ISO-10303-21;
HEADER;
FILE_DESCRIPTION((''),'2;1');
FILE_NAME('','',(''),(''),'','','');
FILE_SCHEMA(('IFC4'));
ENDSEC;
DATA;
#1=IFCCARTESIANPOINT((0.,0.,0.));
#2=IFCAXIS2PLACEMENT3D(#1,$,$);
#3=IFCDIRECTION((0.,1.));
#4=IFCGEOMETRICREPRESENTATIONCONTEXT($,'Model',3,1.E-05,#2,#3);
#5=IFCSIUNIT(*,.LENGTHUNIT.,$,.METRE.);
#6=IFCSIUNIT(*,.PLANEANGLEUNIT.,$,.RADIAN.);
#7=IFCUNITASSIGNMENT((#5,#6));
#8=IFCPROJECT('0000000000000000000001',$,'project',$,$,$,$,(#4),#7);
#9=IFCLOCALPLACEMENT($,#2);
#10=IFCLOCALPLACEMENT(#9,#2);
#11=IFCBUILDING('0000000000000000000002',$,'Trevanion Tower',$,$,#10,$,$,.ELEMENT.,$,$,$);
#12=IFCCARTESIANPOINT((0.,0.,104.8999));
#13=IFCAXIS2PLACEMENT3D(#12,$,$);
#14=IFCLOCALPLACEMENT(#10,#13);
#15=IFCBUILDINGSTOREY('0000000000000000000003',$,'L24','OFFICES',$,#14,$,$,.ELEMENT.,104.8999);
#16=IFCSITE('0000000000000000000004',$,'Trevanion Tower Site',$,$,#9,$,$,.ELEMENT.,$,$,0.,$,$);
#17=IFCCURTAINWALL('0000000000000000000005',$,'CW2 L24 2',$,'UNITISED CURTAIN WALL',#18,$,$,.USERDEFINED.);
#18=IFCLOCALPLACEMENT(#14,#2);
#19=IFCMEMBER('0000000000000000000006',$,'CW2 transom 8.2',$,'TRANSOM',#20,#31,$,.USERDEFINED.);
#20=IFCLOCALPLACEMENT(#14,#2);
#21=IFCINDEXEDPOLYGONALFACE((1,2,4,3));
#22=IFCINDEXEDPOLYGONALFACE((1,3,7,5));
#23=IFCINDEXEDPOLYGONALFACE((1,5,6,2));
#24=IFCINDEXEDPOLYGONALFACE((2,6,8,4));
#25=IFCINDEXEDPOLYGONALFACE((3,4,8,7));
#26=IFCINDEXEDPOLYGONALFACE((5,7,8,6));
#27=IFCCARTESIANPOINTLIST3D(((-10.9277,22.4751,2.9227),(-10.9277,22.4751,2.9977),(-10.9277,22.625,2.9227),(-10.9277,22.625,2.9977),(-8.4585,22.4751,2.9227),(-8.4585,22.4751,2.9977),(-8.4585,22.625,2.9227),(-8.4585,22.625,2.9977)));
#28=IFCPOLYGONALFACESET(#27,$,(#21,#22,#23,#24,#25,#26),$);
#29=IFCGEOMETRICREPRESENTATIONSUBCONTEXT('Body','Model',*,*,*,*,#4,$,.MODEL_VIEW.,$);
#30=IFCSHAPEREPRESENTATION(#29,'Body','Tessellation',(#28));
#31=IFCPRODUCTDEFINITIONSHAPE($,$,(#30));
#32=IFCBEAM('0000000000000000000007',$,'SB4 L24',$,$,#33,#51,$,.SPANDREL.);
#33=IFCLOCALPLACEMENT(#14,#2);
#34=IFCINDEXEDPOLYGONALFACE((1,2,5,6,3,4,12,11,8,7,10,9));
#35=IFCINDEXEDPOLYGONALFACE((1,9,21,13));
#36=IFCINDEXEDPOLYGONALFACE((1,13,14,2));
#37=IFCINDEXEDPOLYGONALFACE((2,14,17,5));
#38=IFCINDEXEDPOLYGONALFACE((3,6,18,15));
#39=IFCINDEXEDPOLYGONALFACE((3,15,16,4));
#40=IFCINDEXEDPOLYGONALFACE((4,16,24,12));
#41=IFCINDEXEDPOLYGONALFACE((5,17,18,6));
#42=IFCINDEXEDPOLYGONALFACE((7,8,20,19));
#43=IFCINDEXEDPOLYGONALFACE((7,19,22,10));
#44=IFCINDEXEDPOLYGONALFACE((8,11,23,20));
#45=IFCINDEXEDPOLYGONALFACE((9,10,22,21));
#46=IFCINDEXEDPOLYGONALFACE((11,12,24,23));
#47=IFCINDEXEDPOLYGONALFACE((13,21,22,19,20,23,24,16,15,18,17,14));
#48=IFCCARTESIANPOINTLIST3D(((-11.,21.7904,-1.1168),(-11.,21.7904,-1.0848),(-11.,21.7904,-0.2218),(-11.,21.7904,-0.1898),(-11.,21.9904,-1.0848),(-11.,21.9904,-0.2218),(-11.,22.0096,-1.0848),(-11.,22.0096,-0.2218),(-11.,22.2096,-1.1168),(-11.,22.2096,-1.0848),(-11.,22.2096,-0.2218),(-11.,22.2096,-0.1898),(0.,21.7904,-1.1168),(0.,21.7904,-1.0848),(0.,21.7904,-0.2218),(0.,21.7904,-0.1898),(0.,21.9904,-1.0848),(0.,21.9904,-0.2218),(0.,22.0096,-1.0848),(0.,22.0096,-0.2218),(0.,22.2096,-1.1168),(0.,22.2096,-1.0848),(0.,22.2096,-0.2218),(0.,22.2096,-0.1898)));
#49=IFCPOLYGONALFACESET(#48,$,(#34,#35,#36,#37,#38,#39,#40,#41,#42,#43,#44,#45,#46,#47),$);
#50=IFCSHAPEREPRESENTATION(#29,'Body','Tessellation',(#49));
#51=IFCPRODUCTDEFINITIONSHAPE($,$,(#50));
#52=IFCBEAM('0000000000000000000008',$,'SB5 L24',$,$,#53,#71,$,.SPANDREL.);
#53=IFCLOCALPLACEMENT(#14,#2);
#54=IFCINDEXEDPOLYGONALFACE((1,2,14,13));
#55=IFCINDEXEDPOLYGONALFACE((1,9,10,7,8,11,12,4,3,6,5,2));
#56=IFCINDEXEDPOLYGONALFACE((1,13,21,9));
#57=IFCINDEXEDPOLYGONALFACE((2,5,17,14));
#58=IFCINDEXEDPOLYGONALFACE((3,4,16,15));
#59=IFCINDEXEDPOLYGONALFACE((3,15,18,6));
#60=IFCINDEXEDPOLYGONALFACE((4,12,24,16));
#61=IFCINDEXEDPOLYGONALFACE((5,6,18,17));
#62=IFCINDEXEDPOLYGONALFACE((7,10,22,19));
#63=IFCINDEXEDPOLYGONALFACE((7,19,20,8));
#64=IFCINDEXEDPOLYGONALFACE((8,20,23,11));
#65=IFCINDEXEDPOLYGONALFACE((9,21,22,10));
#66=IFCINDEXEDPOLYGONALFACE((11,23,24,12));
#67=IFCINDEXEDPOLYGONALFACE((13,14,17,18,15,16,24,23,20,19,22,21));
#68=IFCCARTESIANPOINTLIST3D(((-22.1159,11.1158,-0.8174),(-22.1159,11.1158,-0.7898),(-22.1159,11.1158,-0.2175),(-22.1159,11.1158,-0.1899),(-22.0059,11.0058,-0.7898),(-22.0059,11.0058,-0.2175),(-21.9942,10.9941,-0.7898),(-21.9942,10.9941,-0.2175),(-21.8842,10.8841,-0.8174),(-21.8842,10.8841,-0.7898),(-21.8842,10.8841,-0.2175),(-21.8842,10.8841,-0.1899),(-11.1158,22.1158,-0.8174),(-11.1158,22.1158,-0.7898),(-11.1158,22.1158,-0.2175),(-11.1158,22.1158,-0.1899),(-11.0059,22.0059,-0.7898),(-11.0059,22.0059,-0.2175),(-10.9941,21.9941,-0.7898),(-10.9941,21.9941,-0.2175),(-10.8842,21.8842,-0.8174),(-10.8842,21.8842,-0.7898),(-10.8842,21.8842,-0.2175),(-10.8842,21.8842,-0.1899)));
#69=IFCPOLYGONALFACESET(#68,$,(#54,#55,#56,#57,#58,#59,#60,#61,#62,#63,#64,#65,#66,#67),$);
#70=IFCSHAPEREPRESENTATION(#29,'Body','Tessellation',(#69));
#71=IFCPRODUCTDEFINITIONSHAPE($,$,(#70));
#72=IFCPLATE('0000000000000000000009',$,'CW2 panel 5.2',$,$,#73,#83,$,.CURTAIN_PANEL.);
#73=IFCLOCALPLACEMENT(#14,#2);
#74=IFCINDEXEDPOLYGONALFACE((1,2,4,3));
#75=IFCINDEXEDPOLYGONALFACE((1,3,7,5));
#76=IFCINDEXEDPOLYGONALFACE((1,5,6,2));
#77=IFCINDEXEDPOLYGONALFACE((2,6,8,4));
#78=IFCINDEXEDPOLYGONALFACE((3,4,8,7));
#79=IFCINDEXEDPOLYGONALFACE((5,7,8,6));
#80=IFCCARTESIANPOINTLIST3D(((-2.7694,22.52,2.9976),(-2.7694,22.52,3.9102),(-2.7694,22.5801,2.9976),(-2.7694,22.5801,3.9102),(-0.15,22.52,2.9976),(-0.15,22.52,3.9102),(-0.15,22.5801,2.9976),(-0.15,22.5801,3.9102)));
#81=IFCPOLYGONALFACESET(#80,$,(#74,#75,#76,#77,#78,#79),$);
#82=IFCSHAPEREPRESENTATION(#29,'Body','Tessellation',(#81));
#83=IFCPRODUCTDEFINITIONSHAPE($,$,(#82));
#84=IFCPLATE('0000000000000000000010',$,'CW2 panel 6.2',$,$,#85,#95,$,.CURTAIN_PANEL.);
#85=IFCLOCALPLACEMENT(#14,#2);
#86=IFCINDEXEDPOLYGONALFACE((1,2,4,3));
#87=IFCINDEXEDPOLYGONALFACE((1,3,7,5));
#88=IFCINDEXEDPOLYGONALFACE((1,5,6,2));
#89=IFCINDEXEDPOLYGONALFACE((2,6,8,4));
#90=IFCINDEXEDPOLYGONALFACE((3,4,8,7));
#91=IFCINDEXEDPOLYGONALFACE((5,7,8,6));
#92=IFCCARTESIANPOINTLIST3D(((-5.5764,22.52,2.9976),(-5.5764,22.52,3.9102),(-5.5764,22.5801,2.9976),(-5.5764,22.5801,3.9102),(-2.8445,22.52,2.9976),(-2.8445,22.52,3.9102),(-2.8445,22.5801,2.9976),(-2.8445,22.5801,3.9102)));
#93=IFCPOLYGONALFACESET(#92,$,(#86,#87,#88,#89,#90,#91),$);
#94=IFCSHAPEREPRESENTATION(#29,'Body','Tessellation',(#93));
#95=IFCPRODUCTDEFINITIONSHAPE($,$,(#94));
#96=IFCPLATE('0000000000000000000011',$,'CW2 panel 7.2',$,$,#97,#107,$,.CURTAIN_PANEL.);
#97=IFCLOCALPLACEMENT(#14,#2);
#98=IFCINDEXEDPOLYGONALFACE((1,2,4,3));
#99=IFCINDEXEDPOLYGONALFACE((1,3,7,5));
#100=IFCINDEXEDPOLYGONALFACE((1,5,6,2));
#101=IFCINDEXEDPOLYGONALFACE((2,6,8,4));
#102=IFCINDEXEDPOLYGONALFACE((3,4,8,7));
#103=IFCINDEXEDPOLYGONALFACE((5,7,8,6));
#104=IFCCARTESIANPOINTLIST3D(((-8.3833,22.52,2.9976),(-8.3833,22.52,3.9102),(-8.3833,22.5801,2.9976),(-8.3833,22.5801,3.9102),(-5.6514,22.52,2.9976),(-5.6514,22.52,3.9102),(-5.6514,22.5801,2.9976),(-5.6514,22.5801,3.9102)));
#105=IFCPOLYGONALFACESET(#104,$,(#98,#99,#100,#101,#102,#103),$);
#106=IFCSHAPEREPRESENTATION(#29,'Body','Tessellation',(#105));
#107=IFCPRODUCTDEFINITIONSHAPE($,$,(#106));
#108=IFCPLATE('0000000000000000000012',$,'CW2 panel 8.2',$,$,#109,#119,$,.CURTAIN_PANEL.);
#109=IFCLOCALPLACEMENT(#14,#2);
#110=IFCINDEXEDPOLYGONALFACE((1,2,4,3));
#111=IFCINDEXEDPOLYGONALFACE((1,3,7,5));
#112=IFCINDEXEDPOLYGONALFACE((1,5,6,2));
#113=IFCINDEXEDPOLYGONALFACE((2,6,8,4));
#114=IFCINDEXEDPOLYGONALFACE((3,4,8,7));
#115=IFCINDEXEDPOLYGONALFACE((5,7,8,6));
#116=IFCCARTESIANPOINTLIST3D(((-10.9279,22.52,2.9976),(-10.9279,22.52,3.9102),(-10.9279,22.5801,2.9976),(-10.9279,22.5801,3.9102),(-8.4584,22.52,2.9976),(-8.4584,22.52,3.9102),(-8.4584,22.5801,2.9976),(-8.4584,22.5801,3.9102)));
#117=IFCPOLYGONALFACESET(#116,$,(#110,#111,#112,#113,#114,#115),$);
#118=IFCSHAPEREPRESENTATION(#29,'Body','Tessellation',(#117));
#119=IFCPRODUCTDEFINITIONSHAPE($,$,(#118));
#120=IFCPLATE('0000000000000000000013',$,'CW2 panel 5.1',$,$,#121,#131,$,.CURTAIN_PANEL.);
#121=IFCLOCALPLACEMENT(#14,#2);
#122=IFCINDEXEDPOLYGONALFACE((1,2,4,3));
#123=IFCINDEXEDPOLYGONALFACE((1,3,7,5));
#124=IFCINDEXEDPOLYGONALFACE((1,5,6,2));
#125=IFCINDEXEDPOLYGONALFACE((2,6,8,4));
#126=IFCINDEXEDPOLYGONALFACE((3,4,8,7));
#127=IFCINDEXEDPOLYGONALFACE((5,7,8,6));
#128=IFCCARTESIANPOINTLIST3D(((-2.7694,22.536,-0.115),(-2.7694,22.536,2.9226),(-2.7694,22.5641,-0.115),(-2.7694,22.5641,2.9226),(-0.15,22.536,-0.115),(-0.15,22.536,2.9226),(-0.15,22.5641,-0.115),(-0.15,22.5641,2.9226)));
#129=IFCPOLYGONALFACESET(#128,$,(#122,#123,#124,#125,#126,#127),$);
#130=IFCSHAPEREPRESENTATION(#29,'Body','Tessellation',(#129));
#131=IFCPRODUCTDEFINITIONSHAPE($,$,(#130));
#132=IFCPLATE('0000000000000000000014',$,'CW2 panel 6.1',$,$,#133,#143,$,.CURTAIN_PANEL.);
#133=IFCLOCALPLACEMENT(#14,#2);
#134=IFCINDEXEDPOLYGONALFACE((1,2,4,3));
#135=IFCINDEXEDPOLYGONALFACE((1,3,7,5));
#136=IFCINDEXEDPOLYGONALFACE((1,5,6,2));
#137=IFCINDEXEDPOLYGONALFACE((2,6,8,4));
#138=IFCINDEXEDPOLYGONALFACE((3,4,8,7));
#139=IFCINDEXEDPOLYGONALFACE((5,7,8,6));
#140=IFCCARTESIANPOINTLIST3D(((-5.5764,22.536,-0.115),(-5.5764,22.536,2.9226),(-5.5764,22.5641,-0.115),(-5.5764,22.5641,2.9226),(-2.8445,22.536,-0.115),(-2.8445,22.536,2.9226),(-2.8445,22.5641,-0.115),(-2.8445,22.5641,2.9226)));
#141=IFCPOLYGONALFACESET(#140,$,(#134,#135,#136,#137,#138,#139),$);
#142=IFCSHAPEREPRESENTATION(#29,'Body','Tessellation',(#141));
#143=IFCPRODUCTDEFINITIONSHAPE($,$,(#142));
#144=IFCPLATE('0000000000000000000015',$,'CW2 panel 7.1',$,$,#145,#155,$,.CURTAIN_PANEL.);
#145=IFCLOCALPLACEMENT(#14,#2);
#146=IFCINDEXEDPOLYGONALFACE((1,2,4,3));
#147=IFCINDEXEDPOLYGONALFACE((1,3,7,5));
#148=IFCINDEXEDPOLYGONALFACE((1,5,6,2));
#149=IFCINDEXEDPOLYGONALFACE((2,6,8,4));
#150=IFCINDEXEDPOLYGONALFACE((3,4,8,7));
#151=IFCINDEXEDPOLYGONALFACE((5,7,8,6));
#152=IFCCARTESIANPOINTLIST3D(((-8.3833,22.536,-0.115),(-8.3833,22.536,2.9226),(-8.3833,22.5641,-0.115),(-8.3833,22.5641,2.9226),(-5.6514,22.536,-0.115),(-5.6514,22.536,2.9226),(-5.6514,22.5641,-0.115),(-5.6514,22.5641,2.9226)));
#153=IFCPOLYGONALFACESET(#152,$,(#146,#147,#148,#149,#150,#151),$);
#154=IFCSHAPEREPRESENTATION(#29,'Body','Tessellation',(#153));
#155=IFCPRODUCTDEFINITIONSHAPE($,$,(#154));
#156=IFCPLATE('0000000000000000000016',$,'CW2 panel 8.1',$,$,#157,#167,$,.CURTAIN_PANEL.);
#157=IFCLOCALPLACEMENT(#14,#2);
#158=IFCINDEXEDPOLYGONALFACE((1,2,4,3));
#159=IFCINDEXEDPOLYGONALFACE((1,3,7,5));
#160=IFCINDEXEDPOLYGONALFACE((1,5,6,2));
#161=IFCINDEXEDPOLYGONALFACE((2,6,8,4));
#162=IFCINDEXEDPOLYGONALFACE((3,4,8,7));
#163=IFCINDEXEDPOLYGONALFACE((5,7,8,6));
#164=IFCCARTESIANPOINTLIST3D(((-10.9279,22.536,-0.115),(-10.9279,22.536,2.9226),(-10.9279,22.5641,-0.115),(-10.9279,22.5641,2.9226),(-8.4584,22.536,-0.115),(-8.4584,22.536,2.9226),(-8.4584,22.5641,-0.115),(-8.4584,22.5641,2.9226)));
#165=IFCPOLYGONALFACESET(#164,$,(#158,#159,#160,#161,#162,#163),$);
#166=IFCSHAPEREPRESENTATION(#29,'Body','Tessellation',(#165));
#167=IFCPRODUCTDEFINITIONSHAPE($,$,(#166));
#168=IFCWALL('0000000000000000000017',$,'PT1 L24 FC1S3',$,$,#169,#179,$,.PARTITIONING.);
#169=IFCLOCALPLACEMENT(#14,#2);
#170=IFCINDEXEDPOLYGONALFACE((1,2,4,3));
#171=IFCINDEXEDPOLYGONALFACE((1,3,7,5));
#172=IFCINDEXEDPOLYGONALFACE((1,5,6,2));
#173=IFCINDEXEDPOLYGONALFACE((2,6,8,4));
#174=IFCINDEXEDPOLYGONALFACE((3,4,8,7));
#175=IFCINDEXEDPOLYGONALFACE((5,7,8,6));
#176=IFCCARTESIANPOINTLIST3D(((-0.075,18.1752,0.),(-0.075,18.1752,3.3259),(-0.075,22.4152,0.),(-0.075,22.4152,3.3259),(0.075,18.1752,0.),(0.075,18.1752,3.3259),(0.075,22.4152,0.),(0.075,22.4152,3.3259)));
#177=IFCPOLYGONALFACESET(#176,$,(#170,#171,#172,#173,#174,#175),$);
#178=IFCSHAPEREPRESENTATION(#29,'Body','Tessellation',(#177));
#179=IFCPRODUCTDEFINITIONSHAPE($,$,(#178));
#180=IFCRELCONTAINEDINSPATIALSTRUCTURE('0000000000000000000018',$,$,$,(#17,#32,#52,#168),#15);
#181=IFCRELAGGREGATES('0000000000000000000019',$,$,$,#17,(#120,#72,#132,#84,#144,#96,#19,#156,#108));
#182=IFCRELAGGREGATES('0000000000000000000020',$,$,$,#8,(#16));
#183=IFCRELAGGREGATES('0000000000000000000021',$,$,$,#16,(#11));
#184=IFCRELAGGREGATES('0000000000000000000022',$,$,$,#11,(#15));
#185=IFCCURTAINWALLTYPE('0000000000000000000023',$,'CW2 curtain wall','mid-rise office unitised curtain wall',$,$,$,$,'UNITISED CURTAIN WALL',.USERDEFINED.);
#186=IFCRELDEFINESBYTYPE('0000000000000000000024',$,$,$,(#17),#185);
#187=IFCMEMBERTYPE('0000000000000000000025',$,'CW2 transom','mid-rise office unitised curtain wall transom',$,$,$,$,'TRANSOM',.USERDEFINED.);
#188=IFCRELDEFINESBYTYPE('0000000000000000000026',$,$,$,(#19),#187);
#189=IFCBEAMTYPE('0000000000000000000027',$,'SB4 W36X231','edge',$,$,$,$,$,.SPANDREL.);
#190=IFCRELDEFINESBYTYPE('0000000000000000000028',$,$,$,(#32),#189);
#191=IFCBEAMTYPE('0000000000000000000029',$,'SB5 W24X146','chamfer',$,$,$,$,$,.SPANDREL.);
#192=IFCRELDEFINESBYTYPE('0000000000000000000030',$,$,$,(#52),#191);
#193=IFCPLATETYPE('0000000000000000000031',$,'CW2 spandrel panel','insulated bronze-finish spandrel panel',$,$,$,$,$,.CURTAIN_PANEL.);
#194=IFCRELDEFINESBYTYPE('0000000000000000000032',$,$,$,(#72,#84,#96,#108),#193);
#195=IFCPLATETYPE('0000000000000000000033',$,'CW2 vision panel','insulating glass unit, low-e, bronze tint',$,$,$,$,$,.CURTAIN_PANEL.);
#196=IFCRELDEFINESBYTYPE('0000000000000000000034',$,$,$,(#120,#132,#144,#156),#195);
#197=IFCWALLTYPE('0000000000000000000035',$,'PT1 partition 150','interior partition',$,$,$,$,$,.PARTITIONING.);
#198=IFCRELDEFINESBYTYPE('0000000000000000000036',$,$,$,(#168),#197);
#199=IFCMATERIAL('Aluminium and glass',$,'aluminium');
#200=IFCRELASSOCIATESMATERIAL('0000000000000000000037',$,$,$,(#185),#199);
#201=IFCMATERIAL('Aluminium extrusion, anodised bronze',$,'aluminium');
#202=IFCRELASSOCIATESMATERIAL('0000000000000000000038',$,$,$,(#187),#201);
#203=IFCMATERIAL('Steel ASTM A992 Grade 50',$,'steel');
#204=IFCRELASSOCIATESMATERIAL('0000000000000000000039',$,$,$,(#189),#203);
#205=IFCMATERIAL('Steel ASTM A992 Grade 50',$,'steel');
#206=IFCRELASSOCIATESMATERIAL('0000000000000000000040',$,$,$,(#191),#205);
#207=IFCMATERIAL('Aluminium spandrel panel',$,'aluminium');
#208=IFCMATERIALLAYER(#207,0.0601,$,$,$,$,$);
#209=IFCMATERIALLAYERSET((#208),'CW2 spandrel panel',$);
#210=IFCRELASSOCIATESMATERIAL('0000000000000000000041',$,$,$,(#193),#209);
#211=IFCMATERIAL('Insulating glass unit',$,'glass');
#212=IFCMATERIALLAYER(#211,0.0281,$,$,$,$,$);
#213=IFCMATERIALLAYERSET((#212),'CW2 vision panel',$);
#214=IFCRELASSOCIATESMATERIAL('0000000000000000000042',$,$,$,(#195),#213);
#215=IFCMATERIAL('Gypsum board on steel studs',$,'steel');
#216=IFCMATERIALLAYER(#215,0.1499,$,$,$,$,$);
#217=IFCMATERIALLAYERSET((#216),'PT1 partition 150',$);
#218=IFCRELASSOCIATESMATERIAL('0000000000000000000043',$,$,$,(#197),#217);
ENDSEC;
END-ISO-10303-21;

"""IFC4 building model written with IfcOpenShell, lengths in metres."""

from ifc_helpers import new_model, si_unit, direction, frame, frame_2d, origin, origin_2d, place, context, subcontext, project, spatial, rectangle, i_section, extrude, material, layer, layer_set, material_profile, profile_set, type_object, element, aggregate, save


model = new_model("IFC4")

# Units and contexts
model_context = context("Model", 3, precision=1e-05, world=origin(), true_north=direction((0.0, 1.0)))
body_context = subcontext(model_context, "Body", "Model", "MODEL_VIEW")
ifc_project = project(units=[si_unit("LENGTHUNIT", "METRE"), si_unit("PLANEANGLEUNIT", "RADIAN")], contexts=[model_context])

# Site, building, storey
site_placement = place(None, origin())
site = spatial("IfcSite", under=ifc_project, at=site_placement, Name="Trevanion Tower Site", CompositionType="ELEMENT", RefElevation=0.0)
building_placement = place(site_placement, origin())
building = spatial("IfcBuilding", under=site, at=building_placement, Name="Trevanion Tower", CompositionType="ELEMENT")
storey_placement = place(building_placement, frame((0.0, 0.0, 104.8999)))
storey = spatial("IfcBuildingStorey", under=building, at=storey_placement, Name="L24", Description="OFFICES", CompositionType="ELEMENT", Elevation=104.8999)

# Curtain wall, member
ifc_material_1 = material(Name="Aluminium and glass", Category="aluminium")
curtain_wall_type = type_object("IfcCurtainWallType", Name="CW2 curtain wall", Description="mid-rise office unitised curtain wall", ElementType="UNITISED CURTAIN WALL", PredefinedType="USERDEFINED", material=ifc_material_1)
curtain_wall_placement = place(storey_placement, origin())
curtain_wall = element("IfcCurtainWall", 1, at=curtain_wall_placement, inside=storey, type_object=curtain_wall_type, Name="CW2 L24 2", ObjectType="UNITISED CURTAIN WALL", PredefinedType="USERDEFINED")
ifc_material_2 = material(Name="Aluminium extrusion, anodised bronze", Category="aluminium")
ifc_material_profile_1 = material_profile(ifc_material_2, rectangle(XDim=0.1499, YDim=0.075, at=origin_2d()), Name="CW2 transom")
ifc_profile_set_1 = profile_set([ifc_material_profile_1], Name="Aluminium extrusion, anodised bronze")
member_type_1 = type_object("IfcMemberType", Name="CW2 transom", Description="mid-rise office unitised curtain wall transom", ElementType="TRANSOM", PredefinedType="USERDEFINED", material=ifc_profile_set_1)
member_1_placement = place(storey_placement, frame((-8.4585, 22.55, 2.9602), z_axis=(-1.0, 0.0, 0.0), x_axis=(0.0, -1.0, 0.0)))
member_1 = element("IfcMember", 2, at=member_1_placement, type_object=member_type_1, Name="CW2 transom 8.2", ObjectType="TRANSOM", PredefinedType="USERDEFINED", context=body_context, shape_type="SweptSolid", body=[
    extrude(rectangle(XDim=0.1499, YDim=0.075, at=origin_2d()), origin(), (0.0, 0.0, 1.0), 2.4692),
])

# Beams
ifc_material_3 = material(Name="Steel ASTM A992 Grade 50", Category="steel")
ifc_material_profile_2 = material_profile(ifc_material_3, i_section(OverallWidth=0.4192, OverallDepth=0.927, WebThickness=0.0193, FlangeThickness=0.032, at=origin_2d()), Name="W36X231")
ifc_profile_set_2 = profile_set([ifc_material_profile_2], Name="Steel ASTM A992 Grade 50")
beam_type_1 = type_object("IfcBeamType", Name="SB4 W36X231", Description="edge", PredefinedType="SPANDREL", material=ifc_profile_set_2)
beam_1_placement = place(storey_placement, frame((0.0, 22.0, -0.6533), z_axis=(-1.0, 0.0, 0.0), x_axis=(0.0, -1.0, 0.0)))
element("IfcBeam", 3, at=beam_1_placement, inside=storey, type_object=beam_type_1, Name="SB4 L24", PredefinedType="SPANDREL", context=body_context, shape_type="SweptSolid", body=[
    extrude(i_section(OverallWidth=0.4192, OverallDepth=0.927, WebThickness=0.0193, FlangeThickness=0.032, at=origin_2d()), origin(), (0.0, 0.0, 1.0), 11.0),
])
ifc_material_4 = material(Name="Steel ASTM A992 Grade 50", Category="steel")
ifc_material_profile_3 = material_profile(ifc_material_4, i_section(OverallWidth=0.3276, OverallDepth=0.6274, WebThickness=0.0166, FlangeThickness=0.0276, at=origin_2d()), Name="W24X146")
ifc_profile_set_3 = profile_set([ifc_material_profile_3], Name="Steel ASTM A992 Grade 50")
beam_type_2 = type_object("IfcBeamType", Name="SB5 W24X146", Description="chamfer", PredefinedType="SPANDREL", material=ifc_profile_set_3)
beam_2_placement = place(storey_placement, frame((-11.0, 22.0, -0.5037), z_axis=(-0.707107, -0.707107, 0.0), x_axis=(0.707107, -0.707107, 0.0)))
element("IfcBeam", 4, at=beam_2_placement, inside=storey, type_object=beam_type_2, Name="SB5 L24", PredefinedType="SPANDREL", context=body_context, shape_type="SweptSolid", body=[
    extrude(i_section(OverallWidth=0.3276, OverallDepth=0.6274, WebThickness=0.0166, FlangeThickness=0.0276, at=origin_2d()), origin(), (0.0, 0.0, 1.0), 15.5564),
])

# Plates
ifc_material_5 = material(Name="Aluminium spandrel panel", Category="aluminium")
ifc_layer_1 = layer(ifc_material_5, 0.0601)
ifc_layer_set_1 = layer_set([ifc_layer_1], Name="CW2 spandrel panel")
plate_type_1 = type_object("IfcPlateType", Name="CW2 spandrel panel", Description="insulated bronze-finish spandrel panel", PredefinedType="CURTAIN_PANEL", material=ifc_layer_set_1)
plate_1_placement = place(storey_placement, frame((-1.4597, 22.55, 2.9976), z_axis=(0.0, 0.0, 1.0), x_axis=(-1.0, 0.0, 0.0)))
plate_1 = element("IfcPlate", 5, at=plate_1_placement, type_object=plate_type_1, Name="CW2 panel 5.2", PredefinedType="CURTAIN_PANEL", context=body_context, shape_type="SweptSolid", body=[
    extrude(rectangle(XDim=2.6194, YDim=0.0601, at=origin_2d()), origin(), (0.0, 0.0, 1.0), 0.9126),
])
plate_2_placement = place(storey_placement, frame((-4.2104, 22.55, 2.9976), z_axis=(0.0, 0.0, 1.0), x_axis=(-1.0, 0.0, 0.0)))
plate_2 = element("IfcPlate", 6, at=plate_2_placement, type_object=plate_type_1, Name="CW2 panel 6.2", PredefinedType="CURTAIN_PANEL", context=body_context, shape_type="SweptSolid", body=[
    extrude(rectangle(XDim=2.7319, YDim=0.0601, at=origin_2d()), origin(), (0.0, 0.0, 1.0), 0.9126),
])
plate_3_placement = place(storey_placement, frame((-7.0173, 22.55, 2.9976), z_axis=(0.0, 0.0, 1.0), x_axis=(-1.0, 0.0, 0.0)))
plate_3 = element("IfcPlate", 7, at=plate_3_placement, type_object=plate_type_1, Name="CW2 panel 7.2", PredefinedType="CURTAIN_PANEL", context=body_context, shape_type="SweptSolid", body=[
    extrude(rectangle(XDim=2.7319, YDim=0.0601, at=origin_2d()), origin(), (0.0, 0.0, 1.0), 0.9126),
])
plate_4_placement = place(storey_placement, frame((-9.6931, 22.55, 2.9976), z_axis=(0.0, 0.0, 1.0), x_axis=(-1.0, 0.0, 0.0)))
plate_4 = element("IfcPlate", 8, at=plate_4_placement, type_object=plate_type_1, Name="CW2 panel 8.2", PredefinedType="CURTAIN_PANEL", context=body_context, shape_type="SweptSolid", body=[
    extrude(rectangle(XDim=2.4695, YDim=0.0601, at=origin_2d()), origin(), (0.0, 0.0, 1.0), 0.9126),
])
ifc_material_6 = material(Name="Insulating glass unit", Category="glass")
ifc_layer_2 = layer(ifc_material_6, 0.0281)
ifc_layer_set_2 = layer_set([ifc_layer_2], Name="CW2 vision panel")
plate_type_2 = type_object("IfcPlateType", Name="CW2 vision panel", Description="insulating glass unit, low-e, bronze tint", PredefinedType="CURTAIN_PANEL", material=ifc_layer_set_2)
plate_5_placement = place(storey_placement, frame((-1.4597, 22.55, -0.115), z_axis=(0.0, 0.0, 1.0), x_axis=(-1.0, 0.0, 0.0)))
plate_5 = element("IfcPlate", 9, at=plate_5_placement, type_object=plate_type_2, Name="CW2 panel 5.1", PredefinedType="CURTAIN_PANEL", context=body_context, shape_type="SweptSolid", body=[
    extrude(rectangle(XDim=2.6194, YDim=0.0281, at=origin_2d()), origin(), (0.0, 0.0, 1.0), 3.0376),
])
plate_6_placement = place(storey_placement, frame((-4.2104, 22.55, -0.115), z_axis=(0.0, 0.0, 1.0), x_axis=(-1.0, 0.0, 0.0)))
plate_6 = element("IfcPlate", 10, at=plate_6_placement, type_object=plate_type_2, Name="CW2 panel 6.1", PredefinedType="CURTAIN_PANEL", context=body_context, shape_type="SweptSolid", body=[
    extrude(rectangle(XDim=2.7319, YDim=0.0281, at=origin_2d()), origin(), (0.0, 0.0, 1.0), 3.0376),
])
plate_7_placement = place(storey_placement, frame((-7.0173, 22.55, -0.115), z_axis=(0.0, 0.0, 1.0), x_axis=(-1.0, 0.0, 0.0)))
plate_7 = element("IfcPlate", 11, at=plate_7_placement, type_object=plate_type_2, Name="CW2 panel 7.1", PredefinedType="CURTAIN_PANEL", context=body_context, shape_type="SweptSolid", body=[
    extrude(rectangle(XDim=2.7319, YDim=0.0281, at=origin_2d()), origin(), (0.0, 0.0, 1.0), 3.0376),
])
plate_8_placement = place(storey_placement, frame((-9.6931, 22.55, -0.115), z_axis=(0.0, 0.0, 1.0), x_axis=(-1.0, 0.0, 0.0)))
plate_8 = element("IfcPlate", 12, at=plate_8_placement, type_object=plate_type_2, Name="CW2 panel 8.1", PredefinedType="CURTAIN_PANEL", context=body_context, shape_type="SweptSolid", body=[
    extrude(rectangle(XDim=2.4695, YDim=0.0281, at=origin_2d()), origin(), (0.0, 0.0, 1.0), 3.0376),
])
aggregate(curtain_wall, [plate_5, plate_1, plate_6, plate_2, plate_7, plate_3, member_1, plate_8, plate_4])

# Wall
ifc_material_7 = material(Name="Gypsum board on steel studs", Category="steel")
ifc_layer_3 = layer(ifc_material_7, 0.1499)
ifc_layer_set_3 = layer_set([ifc_layer_3], Name="PT1 partition 150")
wall_type_1 = type_object("IfcWallType", Name="PT1 partition 150", Description="interior partition", PredefinedType="PARTITIONING", material=ifc_layer_set_3)
wall_1_placement = place(storey_placement, frame((0.0, 18.175, 0.0), z_axis=(0.0, 0.0, 1.0), x_axis=(0.0, 1.0, 0.0)))
element("IfcWall", 13, at=wall_1_placement, inside=storey, type_object=wall_type_1, Name="PT1 L24 FC1S3", PredefinedType="PARTITIONING", context=body_context, shape_type="SweptSolid", body=[
    extrude(rectangle(XDim=4.24, YDim=0.1499, at=frame_2d((2.1201, 0.0))), origin(), (0.0, 0.0, 1.0), 3.3259),
])

save(model, "model.ifc")
